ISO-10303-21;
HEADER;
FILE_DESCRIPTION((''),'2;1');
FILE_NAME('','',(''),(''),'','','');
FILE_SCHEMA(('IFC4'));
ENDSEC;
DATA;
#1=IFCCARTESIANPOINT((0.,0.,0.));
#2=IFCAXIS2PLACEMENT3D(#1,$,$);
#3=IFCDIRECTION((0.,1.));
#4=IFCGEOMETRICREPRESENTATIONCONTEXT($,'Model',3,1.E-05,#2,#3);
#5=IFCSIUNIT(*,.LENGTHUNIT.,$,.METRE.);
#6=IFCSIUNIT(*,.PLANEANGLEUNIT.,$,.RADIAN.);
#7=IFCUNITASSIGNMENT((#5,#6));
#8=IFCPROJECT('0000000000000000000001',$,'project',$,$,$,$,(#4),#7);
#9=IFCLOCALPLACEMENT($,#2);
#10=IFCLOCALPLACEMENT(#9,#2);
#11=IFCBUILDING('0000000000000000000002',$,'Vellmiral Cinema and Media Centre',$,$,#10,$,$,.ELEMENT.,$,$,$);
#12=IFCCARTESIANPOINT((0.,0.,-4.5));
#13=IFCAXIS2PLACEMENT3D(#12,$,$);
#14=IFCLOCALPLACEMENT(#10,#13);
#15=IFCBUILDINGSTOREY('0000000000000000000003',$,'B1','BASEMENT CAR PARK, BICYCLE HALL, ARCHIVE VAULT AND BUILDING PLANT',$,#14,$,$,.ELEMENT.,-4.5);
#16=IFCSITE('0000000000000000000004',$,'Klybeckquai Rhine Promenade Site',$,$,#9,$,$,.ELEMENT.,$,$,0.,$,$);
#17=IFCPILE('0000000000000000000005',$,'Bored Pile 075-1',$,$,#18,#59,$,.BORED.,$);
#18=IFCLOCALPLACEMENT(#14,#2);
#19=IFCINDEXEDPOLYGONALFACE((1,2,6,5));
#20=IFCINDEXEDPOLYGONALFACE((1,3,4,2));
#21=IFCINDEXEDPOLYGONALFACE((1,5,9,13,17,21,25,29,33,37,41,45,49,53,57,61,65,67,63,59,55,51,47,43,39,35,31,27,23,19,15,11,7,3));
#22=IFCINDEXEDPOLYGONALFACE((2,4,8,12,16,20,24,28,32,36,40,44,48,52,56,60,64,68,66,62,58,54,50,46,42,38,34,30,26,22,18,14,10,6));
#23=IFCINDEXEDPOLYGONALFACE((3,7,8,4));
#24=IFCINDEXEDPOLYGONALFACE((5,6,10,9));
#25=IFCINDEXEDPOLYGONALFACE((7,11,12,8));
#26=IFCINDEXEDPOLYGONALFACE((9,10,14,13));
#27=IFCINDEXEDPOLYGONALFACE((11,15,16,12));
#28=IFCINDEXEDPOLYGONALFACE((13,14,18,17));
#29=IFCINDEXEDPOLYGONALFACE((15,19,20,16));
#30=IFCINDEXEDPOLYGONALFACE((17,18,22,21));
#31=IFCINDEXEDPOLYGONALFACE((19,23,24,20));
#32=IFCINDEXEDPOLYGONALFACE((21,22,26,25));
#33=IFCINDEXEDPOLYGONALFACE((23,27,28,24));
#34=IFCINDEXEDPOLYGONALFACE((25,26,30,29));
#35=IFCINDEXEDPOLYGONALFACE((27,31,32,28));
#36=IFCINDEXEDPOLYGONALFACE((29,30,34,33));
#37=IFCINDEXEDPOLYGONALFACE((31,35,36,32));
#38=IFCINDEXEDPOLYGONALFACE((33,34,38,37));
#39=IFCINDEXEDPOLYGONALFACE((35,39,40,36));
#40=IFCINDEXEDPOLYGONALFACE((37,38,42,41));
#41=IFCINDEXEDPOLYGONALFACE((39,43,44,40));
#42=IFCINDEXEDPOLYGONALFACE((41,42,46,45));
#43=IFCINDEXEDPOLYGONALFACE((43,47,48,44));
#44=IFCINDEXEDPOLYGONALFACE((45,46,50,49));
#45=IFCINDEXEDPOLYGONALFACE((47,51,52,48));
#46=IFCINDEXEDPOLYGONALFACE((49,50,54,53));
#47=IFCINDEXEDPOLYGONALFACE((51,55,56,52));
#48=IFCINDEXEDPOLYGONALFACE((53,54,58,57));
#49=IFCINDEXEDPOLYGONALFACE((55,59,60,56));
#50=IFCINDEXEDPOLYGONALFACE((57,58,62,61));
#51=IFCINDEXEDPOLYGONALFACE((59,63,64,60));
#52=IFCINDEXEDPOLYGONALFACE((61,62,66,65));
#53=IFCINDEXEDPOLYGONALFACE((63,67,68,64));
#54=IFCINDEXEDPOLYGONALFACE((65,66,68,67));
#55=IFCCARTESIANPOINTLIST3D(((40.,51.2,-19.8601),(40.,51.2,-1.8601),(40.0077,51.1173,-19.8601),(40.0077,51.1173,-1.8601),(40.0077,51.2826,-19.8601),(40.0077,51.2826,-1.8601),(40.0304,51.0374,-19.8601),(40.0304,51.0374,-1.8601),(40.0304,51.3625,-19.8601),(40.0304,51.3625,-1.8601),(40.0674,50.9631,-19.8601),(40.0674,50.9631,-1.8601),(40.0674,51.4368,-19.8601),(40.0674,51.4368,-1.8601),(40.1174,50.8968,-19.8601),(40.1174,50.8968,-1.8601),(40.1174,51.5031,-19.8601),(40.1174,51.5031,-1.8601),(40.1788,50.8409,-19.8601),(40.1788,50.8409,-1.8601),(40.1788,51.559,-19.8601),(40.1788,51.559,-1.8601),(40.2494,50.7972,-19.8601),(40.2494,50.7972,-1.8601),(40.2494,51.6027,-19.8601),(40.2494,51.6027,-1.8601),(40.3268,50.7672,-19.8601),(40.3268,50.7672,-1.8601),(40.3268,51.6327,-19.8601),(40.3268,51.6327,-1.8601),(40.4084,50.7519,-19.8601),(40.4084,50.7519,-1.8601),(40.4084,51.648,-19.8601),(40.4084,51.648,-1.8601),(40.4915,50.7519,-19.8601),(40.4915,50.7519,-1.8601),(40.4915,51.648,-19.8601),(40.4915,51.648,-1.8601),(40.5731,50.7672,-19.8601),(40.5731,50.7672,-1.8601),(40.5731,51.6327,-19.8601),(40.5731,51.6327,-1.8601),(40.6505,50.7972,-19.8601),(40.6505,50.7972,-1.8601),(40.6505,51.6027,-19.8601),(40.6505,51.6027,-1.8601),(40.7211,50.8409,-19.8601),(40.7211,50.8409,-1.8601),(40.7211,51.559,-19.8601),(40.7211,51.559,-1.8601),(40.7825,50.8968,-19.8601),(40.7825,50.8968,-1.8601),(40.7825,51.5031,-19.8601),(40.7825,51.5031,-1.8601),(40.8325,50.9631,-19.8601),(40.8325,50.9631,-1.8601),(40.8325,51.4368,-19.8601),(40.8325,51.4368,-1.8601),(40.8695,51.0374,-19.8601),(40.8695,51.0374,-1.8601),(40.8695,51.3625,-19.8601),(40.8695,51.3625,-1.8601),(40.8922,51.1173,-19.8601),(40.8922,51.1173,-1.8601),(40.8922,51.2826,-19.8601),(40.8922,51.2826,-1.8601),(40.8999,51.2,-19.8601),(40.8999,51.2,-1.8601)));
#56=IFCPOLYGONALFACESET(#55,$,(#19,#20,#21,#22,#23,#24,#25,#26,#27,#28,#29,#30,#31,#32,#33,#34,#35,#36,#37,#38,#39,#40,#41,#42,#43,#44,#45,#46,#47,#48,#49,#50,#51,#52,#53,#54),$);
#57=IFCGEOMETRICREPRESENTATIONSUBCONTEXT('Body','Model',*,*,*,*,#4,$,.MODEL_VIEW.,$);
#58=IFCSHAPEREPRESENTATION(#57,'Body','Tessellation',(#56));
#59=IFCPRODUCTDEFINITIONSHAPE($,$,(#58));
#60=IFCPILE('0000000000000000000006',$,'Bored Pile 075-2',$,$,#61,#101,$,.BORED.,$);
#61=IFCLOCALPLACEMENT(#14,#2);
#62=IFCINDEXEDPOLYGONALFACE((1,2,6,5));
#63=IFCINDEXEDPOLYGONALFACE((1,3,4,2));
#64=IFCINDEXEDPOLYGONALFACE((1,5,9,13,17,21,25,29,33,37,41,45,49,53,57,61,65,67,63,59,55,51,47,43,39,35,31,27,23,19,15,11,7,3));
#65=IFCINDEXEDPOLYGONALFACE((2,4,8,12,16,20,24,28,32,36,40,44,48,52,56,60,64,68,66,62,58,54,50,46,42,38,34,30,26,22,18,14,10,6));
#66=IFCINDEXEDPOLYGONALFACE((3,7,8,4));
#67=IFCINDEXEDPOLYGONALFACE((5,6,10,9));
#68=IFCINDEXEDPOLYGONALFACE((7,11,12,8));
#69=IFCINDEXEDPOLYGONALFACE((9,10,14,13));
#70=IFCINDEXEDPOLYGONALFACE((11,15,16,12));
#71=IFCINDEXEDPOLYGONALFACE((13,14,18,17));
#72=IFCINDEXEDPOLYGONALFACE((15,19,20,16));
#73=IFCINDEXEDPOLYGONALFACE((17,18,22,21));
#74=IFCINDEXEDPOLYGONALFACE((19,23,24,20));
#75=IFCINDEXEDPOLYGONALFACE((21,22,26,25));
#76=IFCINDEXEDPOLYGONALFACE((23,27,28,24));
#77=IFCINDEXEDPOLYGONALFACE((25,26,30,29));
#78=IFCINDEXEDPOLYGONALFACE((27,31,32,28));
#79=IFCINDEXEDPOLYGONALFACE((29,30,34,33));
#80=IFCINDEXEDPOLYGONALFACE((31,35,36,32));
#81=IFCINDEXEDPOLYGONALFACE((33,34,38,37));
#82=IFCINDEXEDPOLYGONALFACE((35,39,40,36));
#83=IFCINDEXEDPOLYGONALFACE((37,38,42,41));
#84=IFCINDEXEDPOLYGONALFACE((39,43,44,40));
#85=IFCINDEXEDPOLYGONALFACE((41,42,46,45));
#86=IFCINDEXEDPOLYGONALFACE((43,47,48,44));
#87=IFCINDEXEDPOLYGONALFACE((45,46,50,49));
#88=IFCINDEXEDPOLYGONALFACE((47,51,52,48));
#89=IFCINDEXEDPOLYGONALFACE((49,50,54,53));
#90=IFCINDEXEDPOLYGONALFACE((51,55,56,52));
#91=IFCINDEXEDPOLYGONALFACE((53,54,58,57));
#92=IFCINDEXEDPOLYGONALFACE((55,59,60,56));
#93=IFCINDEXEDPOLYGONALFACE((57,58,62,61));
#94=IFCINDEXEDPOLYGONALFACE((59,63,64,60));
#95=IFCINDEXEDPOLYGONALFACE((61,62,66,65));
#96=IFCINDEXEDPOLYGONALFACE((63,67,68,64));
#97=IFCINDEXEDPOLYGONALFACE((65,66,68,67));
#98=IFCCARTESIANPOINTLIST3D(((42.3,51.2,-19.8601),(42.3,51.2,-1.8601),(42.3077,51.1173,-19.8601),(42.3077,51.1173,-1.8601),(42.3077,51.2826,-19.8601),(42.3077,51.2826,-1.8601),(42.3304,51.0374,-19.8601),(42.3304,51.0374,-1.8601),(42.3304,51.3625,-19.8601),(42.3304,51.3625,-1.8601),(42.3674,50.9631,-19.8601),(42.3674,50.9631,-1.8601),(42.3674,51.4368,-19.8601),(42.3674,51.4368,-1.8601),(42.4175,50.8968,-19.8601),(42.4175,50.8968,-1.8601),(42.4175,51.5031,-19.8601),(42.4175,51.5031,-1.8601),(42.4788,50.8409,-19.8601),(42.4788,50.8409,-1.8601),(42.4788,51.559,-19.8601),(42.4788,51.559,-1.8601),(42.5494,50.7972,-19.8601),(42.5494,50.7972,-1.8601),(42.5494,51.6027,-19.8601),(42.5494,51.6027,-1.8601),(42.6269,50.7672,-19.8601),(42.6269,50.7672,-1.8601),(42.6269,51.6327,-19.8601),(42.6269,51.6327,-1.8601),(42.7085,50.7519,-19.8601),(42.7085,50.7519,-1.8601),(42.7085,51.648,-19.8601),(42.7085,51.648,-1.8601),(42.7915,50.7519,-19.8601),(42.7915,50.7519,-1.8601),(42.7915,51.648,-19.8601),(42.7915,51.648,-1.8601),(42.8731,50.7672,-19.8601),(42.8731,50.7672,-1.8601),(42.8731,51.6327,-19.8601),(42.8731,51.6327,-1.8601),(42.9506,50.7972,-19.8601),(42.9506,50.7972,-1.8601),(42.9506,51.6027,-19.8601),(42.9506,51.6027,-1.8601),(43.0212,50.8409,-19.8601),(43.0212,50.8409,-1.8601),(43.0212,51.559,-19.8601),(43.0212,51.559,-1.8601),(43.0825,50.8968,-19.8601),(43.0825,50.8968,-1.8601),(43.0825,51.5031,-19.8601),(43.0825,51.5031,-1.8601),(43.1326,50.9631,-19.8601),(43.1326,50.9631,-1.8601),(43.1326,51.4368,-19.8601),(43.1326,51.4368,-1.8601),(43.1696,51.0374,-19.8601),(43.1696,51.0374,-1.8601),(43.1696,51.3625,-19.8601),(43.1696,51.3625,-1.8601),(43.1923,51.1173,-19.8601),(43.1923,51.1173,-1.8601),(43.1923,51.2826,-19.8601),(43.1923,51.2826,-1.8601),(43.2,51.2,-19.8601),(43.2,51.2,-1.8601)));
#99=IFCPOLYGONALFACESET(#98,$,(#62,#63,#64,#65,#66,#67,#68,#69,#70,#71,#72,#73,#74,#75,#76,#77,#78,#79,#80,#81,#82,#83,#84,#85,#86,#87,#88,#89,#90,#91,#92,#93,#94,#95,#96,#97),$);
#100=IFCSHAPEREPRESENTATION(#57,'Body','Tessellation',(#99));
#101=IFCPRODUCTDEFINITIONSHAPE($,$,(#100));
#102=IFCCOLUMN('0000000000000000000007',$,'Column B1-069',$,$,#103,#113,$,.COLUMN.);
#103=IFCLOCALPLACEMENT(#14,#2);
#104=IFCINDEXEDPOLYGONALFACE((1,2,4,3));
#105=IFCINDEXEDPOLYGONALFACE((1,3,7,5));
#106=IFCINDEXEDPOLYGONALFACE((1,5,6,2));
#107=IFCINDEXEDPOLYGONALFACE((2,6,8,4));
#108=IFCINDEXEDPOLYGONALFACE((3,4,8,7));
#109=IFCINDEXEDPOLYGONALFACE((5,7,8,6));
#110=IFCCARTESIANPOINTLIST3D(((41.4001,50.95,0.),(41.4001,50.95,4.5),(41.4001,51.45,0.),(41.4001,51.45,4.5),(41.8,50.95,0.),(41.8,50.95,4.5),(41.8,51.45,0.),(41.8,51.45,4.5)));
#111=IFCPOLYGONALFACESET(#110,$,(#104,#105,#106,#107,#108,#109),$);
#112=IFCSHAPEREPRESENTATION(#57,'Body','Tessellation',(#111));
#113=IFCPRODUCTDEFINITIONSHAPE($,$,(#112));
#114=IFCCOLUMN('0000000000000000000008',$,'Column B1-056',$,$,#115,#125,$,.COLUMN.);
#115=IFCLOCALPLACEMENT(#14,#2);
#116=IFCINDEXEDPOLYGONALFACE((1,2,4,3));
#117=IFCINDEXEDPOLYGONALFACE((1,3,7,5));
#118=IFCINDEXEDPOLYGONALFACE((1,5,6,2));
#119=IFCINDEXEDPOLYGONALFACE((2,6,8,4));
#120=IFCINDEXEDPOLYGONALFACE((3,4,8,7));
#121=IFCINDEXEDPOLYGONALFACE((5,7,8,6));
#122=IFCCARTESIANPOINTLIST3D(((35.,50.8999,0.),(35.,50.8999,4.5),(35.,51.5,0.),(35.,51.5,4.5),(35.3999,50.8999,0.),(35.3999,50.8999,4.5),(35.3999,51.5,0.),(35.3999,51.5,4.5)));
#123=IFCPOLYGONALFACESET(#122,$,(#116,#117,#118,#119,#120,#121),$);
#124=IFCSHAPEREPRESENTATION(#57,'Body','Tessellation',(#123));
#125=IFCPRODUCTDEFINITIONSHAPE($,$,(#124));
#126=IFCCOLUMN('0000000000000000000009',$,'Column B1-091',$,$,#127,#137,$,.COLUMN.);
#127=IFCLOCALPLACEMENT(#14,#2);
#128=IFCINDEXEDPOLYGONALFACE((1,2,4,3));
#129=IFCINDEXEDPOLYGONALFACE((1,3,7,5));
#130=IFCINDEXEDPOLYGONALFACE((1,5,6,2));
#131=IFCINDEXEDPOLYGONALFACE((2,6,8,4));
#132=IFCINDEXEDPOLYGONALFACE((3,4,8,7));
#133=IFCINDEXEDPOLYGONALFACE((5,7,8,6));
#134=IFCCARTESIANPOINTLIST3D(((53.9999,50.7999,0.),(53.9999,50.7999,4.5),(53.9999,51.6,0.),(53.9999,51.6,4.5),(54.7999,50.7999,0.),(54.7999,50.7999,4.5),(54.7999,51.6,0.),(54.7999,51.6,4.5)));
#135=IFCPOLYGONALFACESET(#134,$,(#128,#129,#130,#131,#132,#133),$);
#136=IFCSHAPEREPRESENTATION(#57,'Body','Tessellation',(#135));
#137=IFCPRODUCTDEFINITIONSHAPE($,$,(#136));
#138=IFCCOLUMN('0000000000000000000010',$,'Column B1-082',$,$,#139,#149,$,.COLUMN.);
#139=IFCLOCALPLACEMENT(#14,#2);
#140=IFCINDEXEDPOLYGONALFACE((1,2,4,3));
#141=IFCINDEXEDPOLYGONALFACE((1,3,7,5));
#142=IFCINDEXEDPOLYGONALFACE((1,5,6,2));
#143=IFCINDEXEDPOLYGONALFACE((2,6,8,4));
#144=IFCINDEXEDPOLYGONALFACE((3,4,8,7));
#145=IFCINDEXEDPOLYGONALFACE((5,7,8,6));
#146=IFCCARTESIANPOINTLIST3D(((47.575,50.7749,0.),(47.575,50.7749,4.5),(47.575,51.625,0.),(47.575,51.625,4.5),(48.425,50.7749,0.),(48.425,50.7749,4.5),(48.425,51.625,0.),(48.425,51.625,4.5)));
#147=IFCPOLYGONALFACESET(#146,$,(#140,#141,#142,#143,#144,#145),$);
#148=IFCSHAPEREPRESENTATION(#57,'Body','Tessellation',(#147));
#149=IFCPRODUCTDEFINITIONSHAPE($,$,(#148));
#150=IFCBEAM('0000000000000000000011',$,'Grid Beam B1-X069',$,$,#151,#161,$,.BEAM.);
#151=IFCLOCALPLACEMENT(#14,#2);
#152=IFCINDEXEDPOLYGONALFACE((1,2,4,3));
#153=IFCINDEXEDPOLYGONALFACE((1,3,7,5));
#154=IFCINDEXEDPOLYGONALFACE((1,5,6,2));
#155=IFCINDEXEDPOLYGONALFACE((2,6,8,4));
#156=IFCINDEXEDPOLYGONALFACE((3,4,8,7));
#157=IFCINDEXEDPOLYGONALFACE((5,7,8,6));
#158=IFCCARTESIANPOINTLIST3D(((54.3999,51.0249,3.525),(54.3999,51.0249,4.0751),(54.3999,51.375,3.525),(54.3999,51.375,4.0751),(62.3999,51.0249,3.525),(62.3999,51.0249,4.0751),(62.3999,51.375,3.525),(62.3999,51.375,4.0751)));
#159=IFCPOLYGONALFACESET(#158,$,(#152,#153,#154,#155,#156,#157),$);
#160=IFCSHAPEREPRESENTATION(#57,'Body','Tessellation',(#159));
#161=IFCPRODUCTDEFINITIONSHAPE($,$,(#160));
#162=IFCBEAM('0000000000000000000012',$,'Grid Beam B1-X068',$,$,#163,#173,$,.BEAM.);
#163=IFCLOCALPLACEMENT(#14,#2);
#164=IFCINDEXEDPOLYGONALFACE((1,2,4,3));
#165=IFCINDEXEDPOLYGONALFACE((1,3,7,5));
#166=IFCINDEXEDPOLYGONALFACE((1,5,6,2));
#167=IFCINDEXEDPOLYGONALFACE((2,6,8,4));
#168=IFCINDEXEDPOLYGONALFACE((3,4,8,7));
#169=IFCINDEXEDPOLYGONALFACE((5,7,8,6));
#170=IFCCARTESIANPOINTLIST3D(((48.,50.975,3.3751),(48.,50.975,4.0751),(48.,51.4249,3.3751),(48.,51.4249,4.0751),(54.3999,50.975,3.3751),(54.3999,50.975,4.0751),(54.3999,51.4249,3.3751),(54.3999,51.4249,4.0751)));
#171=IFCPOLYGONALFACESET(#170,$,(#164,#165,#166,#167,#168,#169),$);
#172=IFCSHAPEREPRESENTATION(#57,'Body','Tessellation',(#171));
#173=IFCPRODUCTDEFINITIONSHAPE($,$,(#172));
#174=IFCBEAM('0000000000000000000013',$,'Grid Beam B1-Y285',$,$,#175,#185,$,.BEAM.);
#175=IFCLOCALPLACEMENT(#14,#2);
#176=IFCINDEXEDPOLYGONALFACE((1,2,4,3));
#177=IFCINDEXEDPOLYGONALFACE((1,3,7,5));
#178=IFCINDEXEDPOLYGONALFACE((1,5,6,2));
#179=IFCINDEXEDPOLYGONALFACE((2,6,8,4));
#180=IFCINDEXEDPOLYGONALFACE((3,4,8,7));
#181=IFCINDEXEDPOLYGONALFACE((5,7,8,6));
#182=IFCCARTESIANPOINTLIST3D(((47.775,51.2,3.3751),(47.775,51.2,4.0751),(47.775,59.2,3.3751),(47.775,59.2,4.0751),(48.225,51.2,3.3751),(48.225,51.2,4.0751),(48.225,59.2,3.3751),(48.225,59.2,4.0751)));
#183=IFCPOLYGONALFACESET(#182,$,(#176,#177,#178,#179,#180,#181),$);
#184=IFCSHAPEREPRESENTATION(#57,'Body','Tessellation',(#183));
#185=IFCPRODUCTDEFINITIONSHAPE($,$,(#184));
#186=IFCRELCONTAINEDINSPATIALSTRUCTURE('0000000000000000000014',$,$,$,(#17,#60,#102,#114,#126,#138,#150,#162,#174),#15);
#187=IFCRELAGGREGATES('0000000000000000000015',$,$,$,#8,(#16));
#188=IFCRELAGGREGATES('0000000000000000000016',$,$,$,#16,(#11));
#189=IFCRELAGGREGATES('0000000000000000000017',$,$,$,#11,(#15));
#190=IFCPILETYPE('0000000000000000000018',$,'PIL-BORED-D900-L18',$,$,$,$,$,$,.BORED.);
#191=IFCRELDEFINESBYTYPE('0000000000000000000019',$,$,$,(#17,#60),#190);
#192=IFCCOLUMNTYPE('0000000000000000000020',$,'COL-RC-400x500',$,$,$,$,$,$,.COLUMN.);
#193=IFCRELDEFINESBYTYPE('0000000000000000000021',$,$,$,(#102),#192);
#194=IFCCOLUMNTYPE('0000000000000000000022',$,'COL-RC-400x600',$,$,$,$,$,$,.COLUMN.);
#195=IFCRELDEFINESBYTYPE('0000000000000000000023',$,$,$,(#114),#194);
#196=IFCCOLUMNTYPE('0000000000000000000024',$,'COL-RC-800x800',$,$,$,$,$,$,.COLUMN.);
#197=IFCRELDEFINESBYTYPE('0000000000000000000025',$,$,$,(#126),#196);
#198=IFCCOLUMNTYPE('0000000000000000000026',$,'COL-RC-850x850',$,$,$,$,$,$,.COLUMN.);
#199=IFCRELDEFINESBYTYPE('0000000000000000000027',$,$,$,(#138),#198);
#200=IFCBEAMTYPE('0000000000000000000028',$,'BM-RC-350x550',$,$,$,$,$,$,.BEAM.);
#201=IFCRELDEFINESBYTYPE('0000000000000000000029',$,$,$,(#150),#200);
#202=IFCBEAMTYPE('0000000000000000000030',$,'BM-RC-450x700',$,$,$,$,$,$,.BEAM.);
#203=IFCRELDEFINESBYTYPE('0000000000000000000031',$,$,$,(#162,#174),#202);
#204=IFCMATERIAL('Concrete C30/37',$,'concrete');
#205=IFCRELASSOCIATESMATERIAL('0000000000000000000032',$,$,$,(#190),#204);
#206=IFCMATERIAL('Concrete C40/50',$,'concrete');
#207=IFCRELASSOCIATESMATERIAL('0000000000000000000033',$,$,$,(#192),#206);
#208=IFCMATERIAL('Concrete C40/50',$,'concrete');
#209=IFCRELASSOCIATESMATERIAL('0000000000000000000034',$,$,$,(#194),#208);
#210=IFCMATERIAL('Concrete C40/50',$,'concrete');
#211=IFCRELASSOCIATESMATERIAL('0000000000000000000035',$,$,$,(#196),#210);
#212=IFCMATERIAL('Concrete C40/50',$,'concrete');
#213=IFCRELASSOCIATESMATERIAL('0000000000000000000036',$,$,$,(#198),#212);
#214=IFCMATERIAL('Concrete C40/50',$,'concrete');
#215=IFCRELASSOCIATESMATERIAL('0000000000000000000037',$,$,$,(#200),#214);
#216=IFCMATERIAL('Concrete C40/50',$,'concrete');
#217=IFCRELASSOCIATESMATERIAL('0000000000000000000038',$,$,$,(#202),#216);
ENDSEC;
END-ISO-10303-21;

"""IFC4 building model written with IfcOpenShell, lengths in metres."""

from ifc_helpers import new_model, si_unit, direction, frame, origin, origin_2d, place, context, subcontext, project, spatial, rectangle, circle, extrude, material, material_profile, profile_set, type_object, element, save


model = new_model("IFC4")

# Units and contexts
model_context = context("Model", 3, precision=1e-05, world=origin(), true_north=direction((0.0, 1.0)))
body_context = subcontext(model_context, "Body", "Model", "MODEL_VIEW")
ifc_project = project(units=[si_unit("LENGTHUNIT", "METRE"), si_unit("PLANEANGLEUNIT", "RADIAN")], contexts=[model_context])

# Site, building, storey
site_placement = place(None, origin())
site = spatial("IfcSite", under=ifc_project, at=site_placement, Name="Klybeckquai Rhine Promenade Site", CompositionType="ELEMENT", RefElevation=0.0)
building_placement = place(site_placement, origin())
building = spatial("IfcBuilding", under=site, at=building_placement, Name="Vellmiral Cinema and Media Centre", CompositionType="ELEMENT")
storey_placement = place(building_placement, frame((0.0, 0.0, -4.5)))
storey = spatial("IfcBuildingStorey", under=building, at=storey_placement, Name="B1", Description="BASEMENT CAR PARK, BICYCLE HALL, ARCHIVE VAULT AND BUILDING PLANT", CompositionType="ELEMENT", Elevation=-4.5)

# Piles
ifc_material_1 = material(Name="Concrete C30/37", Category="concrete")
ifc_material_profile_1 = material_profile(ifc_material_1, circle(Radius=0.45, at=origin_2d()), Name="PILE D900")
ifc_profile_set_1 = profile_set([ifc_material_profile_1], Name="Concrete C30/37")
pile_type_1 = type_object("IfcPileType", Name="PIL-BORED-D900-L18", PredefinedType="BORED", material=ifc_profile_set_1)
for number, where, z_axis, x_axis, name in (
    (1, (40.45, 51.2, -1.8601), (0.0, 0.0, -1.0), (1.0, 0.0, 0.0), "Bored Pile 075-1"),
    (2, (42.75, 51.2, -1.8601), (0.0, 0.0, -1.0), (1.0, 0.0, 0.0), "Bored Pile 075-2"),
):
    element("IfcPile", number, at=place(storey_placement, frame(where, z_axis=z_axis, x_axis=x_axis)), inside=storey, type_object=pile_type_1, Name=name, PredefinedType="BORED", context=body_context, shape_type="SweptSolid", body=[
        extrude(circle(Radius=0.45, at=origin_2d()), origin(), (0.0, 0.0, 1.0), 18.0),
    ])

# Columns
ifc_material_2 = material(Name="Concrete C40/50", Category="concrete")
ifc_material_profile_2 = material_profile(ifc_material_2, rectangle(XDim=0.3999, YDim=0.5, at=origin_2d()), Name="RC 400x500")
ifc_profile_set_2 = profile_set([ifc_material_profile_2], Name="Concrete C40/50")
column_type_1 = type_object("IfcColumnType", Name="COL-RC-400x500", PredefinedType="COLUMN", material=ifc_profile_set_2)
column_1_placement = place(storey_placement, frame((41.6001, 51.2, 0.0), z_axis=(0.0, 0.0, 1.0), x_axis=(1.0, 0.0, 0.0)))
element("IfcColumn", 3, at=column_1_placement, inside=storey, type_object=column_type_1, Name="Column B1-069", PredefinedType="COLUMN", context=body_context, shape_type="SweptSolid", body=[
    extrude(rectangle(XDim=0.3999, YDim=0.5, at=origin_2d()), origin(), (0.0, 0.0, 1.0), 4.5),
])
ifc_material_3 = material(Name="Concrete C40/50", Category="concrete")
ifc_material_profile_3 = material_profile(ifc_material_3, rectangle(XDim=0.3999, YDim=0.6001, at=origin_2d()), Name="RC 400x600")
ifc_profile_set_3 = profile_set([ifc_material_profile_3], Name="Concrete C40/50")
column_type_2 = type_object("IfcColumnType", Name="COL-RC-400x600", PredefinedType="COLUMN", material=ifc_profile_set_3)
column_2_placement = place(storey_placement, frame((35.2, 51.2, 0.0), z_axis=(0.0, 0.0, 1.0), x_axis=(1.0, 0.0, 0.0)))
element("IfcColumn", 4, at=column_2_placement, inside=storey, type_object=column_type_2, Name="Column B1-056", PredefinedType="COLUMN", context=body_context, shape_type="SweptSolid", body=[
    extrude(rectangle(XDim=0.3999, YDim=0.6001, at=origin_2d()), origin(), (0.0, 0.0, 1.0), 4.5),
])
ifc_material_4 = material(Name="Concrete C40/50", Category="concrete")
ifc_material_profile_4 = material_profile(ifc_material_4, rectangle(XDim=0.8, YDim=0.8, at=origin_2d()), Name="RC 800x800")
ifc_profile_set_4 = profile_set([ifc_material_profile_4], Name="Concrete C40/50")
column_type_3 = type_object("IfcColumnType", Name="COL-RC-800x800", PredefinedType="COLUMN", material=ifc_profile_set_4)
column_3_placement = place(storey_placement, frame((54.3999, 51.2, 0.0), z_axis=(0.0, 0.0, 1.0), x_axis=(1.0, 0.0, 0.0)))
element("IfcColumn", 5, at=column_3_placement, inside=storey, type_object=column_type_3, Name="Column B1-091", PredefinedType="COLUMN", context=body_context, shape_type="SweptSolid", body=[
    extrude(rectangle(XDim=0.8, YDim=0.8, at=origin_2d()), origin(), (0.0, 0.0, 1.0), 4.5),
])
ifc_material_5 = material(Name="Concrete C40/50", Category="concrete")
ifc_material_profile_5 = material_profile(ifc_material_5, rectangle(XDim=0.8501, YDim=0.8501, at=origin_2d()), Name="RC 850x850")
ifc_profile_set_5 = profile_set([ifc_material_profile_5], Name="Concrete C40/50")
column_type_4 = type_object("IfcColumnType", Name="COL-RC-850x850", PredefinedType="COLUMN", material=ifc_profile_set_5)
column_4_placement = place(storey_placement, frame((48.0, 51.2, 0.0), z_axis=(0.0, 0.0, 1.0), x_axis=(1.0, 0.0, 0.0)))
element("IfcColumn", 6, at=column_4_placement, inside=storey, type_object=column_type_4, Name="Column B1-082", PredefinedType="COLUMN", context=body_context, shape_type="SweptSolid", body=[
    extrude(rectangle(XDim=0.8501, YDim=0.8501, at=origin_2d()), origin(), (0.0, 0.0, 1.0), 4.5),
])

# Beams
ifc_material_6 = material(Name="Concrete C40/50", Category="concrete")
ifc_material_profile_6 = material_profile(ifc_material_6, rectangle(XDim=0.3501, YDim=0.55, at=origin_2d()), Name="RC 350x550")
ifc_profile_set_6 = profile_set([ifc_material_profile_6], Name="Concrete C40/50")
beam_type_1 = type_object("IfcBeamType", Name="BM-RC-350x550", PredefinedType="BEAM", material=ifc_profile_set_6)
beam_1_placement = place(storey_placement, frame((54.3999, 51.2, 3.8), z_axis=(1.0, 0.0, 0.0), x_axis=(0.0, 1.0, 0.0)))
element("IfcBeam", 7, at=beam_1_placement, inside=storey, type_object=beam_type_1, Name="Grid Beam B1-X069", PredefinedType="BEAM", context=body_context, shape_type="SweptSolid", body=[
    extrude(rectangle(XDim=0.3501, YDim=0.55, at=origin_2d()), origin(), (0.0, 0.0, 1.0), 8.0),
])
ifc_material_7 = material(Name="Concrete C40/50", Category="concrete")
ifc_material_profile_7 = material_profile(ifc_material_7, rectangle(XDim=0.45, YDim=0.7, at=origin_2d()), Name="RC 450x700")
ifc_profile_set_7 = profile_set([ifc_material_profile_7], Name="Concrete C40/50")
beam_type_2 = type_object("IfcBeamType", Name="BM-RC-450x700", PredefinedType="BEAM", material=ifc_profile_set_7)
beam_2_placement = place(storey_placement, frame((48.0, 51.2, 3.7251), z_axis=(1.0, 0.0, 0.0), x_axis=(0.0, 1.0, 0.0)))
element("IfcBeam", 8, at=beam_2_placement, inside=storey, type_object=beam_type_2, Name="Grid Beam B1-X068", PredefinedType="BEAM", context=body_context, shape_type="SweptSolid", body=[
    extrude(rectangle(XDim=0.45, YDim=0.7, at=origin_2d()), origin(), (0.0, 0.0, 1.0), 6.3999),
])
beam_3_placement = place(storey_placement, frame((48.0, 51.2, 3.7251), z_axis=(0.0, 1.0, 0.0), x_axis=(-1.0, 0.0, 0.0)))
element("IfcBeam", 9, at=beam_3_placement, inside=storey, type_object=beam_type_2, Name="Grid Beam B1-Y285", PredefinedType="BEAM", context=body_context, shape_type="SweptSolid", body=[
    extrude(rectangle(XDim=0.45, YDim=0.7, at=origin_2d()), origin(), (0.0, 0.0, 1.0), 8.0),
])

save(model, "model.ifc")
